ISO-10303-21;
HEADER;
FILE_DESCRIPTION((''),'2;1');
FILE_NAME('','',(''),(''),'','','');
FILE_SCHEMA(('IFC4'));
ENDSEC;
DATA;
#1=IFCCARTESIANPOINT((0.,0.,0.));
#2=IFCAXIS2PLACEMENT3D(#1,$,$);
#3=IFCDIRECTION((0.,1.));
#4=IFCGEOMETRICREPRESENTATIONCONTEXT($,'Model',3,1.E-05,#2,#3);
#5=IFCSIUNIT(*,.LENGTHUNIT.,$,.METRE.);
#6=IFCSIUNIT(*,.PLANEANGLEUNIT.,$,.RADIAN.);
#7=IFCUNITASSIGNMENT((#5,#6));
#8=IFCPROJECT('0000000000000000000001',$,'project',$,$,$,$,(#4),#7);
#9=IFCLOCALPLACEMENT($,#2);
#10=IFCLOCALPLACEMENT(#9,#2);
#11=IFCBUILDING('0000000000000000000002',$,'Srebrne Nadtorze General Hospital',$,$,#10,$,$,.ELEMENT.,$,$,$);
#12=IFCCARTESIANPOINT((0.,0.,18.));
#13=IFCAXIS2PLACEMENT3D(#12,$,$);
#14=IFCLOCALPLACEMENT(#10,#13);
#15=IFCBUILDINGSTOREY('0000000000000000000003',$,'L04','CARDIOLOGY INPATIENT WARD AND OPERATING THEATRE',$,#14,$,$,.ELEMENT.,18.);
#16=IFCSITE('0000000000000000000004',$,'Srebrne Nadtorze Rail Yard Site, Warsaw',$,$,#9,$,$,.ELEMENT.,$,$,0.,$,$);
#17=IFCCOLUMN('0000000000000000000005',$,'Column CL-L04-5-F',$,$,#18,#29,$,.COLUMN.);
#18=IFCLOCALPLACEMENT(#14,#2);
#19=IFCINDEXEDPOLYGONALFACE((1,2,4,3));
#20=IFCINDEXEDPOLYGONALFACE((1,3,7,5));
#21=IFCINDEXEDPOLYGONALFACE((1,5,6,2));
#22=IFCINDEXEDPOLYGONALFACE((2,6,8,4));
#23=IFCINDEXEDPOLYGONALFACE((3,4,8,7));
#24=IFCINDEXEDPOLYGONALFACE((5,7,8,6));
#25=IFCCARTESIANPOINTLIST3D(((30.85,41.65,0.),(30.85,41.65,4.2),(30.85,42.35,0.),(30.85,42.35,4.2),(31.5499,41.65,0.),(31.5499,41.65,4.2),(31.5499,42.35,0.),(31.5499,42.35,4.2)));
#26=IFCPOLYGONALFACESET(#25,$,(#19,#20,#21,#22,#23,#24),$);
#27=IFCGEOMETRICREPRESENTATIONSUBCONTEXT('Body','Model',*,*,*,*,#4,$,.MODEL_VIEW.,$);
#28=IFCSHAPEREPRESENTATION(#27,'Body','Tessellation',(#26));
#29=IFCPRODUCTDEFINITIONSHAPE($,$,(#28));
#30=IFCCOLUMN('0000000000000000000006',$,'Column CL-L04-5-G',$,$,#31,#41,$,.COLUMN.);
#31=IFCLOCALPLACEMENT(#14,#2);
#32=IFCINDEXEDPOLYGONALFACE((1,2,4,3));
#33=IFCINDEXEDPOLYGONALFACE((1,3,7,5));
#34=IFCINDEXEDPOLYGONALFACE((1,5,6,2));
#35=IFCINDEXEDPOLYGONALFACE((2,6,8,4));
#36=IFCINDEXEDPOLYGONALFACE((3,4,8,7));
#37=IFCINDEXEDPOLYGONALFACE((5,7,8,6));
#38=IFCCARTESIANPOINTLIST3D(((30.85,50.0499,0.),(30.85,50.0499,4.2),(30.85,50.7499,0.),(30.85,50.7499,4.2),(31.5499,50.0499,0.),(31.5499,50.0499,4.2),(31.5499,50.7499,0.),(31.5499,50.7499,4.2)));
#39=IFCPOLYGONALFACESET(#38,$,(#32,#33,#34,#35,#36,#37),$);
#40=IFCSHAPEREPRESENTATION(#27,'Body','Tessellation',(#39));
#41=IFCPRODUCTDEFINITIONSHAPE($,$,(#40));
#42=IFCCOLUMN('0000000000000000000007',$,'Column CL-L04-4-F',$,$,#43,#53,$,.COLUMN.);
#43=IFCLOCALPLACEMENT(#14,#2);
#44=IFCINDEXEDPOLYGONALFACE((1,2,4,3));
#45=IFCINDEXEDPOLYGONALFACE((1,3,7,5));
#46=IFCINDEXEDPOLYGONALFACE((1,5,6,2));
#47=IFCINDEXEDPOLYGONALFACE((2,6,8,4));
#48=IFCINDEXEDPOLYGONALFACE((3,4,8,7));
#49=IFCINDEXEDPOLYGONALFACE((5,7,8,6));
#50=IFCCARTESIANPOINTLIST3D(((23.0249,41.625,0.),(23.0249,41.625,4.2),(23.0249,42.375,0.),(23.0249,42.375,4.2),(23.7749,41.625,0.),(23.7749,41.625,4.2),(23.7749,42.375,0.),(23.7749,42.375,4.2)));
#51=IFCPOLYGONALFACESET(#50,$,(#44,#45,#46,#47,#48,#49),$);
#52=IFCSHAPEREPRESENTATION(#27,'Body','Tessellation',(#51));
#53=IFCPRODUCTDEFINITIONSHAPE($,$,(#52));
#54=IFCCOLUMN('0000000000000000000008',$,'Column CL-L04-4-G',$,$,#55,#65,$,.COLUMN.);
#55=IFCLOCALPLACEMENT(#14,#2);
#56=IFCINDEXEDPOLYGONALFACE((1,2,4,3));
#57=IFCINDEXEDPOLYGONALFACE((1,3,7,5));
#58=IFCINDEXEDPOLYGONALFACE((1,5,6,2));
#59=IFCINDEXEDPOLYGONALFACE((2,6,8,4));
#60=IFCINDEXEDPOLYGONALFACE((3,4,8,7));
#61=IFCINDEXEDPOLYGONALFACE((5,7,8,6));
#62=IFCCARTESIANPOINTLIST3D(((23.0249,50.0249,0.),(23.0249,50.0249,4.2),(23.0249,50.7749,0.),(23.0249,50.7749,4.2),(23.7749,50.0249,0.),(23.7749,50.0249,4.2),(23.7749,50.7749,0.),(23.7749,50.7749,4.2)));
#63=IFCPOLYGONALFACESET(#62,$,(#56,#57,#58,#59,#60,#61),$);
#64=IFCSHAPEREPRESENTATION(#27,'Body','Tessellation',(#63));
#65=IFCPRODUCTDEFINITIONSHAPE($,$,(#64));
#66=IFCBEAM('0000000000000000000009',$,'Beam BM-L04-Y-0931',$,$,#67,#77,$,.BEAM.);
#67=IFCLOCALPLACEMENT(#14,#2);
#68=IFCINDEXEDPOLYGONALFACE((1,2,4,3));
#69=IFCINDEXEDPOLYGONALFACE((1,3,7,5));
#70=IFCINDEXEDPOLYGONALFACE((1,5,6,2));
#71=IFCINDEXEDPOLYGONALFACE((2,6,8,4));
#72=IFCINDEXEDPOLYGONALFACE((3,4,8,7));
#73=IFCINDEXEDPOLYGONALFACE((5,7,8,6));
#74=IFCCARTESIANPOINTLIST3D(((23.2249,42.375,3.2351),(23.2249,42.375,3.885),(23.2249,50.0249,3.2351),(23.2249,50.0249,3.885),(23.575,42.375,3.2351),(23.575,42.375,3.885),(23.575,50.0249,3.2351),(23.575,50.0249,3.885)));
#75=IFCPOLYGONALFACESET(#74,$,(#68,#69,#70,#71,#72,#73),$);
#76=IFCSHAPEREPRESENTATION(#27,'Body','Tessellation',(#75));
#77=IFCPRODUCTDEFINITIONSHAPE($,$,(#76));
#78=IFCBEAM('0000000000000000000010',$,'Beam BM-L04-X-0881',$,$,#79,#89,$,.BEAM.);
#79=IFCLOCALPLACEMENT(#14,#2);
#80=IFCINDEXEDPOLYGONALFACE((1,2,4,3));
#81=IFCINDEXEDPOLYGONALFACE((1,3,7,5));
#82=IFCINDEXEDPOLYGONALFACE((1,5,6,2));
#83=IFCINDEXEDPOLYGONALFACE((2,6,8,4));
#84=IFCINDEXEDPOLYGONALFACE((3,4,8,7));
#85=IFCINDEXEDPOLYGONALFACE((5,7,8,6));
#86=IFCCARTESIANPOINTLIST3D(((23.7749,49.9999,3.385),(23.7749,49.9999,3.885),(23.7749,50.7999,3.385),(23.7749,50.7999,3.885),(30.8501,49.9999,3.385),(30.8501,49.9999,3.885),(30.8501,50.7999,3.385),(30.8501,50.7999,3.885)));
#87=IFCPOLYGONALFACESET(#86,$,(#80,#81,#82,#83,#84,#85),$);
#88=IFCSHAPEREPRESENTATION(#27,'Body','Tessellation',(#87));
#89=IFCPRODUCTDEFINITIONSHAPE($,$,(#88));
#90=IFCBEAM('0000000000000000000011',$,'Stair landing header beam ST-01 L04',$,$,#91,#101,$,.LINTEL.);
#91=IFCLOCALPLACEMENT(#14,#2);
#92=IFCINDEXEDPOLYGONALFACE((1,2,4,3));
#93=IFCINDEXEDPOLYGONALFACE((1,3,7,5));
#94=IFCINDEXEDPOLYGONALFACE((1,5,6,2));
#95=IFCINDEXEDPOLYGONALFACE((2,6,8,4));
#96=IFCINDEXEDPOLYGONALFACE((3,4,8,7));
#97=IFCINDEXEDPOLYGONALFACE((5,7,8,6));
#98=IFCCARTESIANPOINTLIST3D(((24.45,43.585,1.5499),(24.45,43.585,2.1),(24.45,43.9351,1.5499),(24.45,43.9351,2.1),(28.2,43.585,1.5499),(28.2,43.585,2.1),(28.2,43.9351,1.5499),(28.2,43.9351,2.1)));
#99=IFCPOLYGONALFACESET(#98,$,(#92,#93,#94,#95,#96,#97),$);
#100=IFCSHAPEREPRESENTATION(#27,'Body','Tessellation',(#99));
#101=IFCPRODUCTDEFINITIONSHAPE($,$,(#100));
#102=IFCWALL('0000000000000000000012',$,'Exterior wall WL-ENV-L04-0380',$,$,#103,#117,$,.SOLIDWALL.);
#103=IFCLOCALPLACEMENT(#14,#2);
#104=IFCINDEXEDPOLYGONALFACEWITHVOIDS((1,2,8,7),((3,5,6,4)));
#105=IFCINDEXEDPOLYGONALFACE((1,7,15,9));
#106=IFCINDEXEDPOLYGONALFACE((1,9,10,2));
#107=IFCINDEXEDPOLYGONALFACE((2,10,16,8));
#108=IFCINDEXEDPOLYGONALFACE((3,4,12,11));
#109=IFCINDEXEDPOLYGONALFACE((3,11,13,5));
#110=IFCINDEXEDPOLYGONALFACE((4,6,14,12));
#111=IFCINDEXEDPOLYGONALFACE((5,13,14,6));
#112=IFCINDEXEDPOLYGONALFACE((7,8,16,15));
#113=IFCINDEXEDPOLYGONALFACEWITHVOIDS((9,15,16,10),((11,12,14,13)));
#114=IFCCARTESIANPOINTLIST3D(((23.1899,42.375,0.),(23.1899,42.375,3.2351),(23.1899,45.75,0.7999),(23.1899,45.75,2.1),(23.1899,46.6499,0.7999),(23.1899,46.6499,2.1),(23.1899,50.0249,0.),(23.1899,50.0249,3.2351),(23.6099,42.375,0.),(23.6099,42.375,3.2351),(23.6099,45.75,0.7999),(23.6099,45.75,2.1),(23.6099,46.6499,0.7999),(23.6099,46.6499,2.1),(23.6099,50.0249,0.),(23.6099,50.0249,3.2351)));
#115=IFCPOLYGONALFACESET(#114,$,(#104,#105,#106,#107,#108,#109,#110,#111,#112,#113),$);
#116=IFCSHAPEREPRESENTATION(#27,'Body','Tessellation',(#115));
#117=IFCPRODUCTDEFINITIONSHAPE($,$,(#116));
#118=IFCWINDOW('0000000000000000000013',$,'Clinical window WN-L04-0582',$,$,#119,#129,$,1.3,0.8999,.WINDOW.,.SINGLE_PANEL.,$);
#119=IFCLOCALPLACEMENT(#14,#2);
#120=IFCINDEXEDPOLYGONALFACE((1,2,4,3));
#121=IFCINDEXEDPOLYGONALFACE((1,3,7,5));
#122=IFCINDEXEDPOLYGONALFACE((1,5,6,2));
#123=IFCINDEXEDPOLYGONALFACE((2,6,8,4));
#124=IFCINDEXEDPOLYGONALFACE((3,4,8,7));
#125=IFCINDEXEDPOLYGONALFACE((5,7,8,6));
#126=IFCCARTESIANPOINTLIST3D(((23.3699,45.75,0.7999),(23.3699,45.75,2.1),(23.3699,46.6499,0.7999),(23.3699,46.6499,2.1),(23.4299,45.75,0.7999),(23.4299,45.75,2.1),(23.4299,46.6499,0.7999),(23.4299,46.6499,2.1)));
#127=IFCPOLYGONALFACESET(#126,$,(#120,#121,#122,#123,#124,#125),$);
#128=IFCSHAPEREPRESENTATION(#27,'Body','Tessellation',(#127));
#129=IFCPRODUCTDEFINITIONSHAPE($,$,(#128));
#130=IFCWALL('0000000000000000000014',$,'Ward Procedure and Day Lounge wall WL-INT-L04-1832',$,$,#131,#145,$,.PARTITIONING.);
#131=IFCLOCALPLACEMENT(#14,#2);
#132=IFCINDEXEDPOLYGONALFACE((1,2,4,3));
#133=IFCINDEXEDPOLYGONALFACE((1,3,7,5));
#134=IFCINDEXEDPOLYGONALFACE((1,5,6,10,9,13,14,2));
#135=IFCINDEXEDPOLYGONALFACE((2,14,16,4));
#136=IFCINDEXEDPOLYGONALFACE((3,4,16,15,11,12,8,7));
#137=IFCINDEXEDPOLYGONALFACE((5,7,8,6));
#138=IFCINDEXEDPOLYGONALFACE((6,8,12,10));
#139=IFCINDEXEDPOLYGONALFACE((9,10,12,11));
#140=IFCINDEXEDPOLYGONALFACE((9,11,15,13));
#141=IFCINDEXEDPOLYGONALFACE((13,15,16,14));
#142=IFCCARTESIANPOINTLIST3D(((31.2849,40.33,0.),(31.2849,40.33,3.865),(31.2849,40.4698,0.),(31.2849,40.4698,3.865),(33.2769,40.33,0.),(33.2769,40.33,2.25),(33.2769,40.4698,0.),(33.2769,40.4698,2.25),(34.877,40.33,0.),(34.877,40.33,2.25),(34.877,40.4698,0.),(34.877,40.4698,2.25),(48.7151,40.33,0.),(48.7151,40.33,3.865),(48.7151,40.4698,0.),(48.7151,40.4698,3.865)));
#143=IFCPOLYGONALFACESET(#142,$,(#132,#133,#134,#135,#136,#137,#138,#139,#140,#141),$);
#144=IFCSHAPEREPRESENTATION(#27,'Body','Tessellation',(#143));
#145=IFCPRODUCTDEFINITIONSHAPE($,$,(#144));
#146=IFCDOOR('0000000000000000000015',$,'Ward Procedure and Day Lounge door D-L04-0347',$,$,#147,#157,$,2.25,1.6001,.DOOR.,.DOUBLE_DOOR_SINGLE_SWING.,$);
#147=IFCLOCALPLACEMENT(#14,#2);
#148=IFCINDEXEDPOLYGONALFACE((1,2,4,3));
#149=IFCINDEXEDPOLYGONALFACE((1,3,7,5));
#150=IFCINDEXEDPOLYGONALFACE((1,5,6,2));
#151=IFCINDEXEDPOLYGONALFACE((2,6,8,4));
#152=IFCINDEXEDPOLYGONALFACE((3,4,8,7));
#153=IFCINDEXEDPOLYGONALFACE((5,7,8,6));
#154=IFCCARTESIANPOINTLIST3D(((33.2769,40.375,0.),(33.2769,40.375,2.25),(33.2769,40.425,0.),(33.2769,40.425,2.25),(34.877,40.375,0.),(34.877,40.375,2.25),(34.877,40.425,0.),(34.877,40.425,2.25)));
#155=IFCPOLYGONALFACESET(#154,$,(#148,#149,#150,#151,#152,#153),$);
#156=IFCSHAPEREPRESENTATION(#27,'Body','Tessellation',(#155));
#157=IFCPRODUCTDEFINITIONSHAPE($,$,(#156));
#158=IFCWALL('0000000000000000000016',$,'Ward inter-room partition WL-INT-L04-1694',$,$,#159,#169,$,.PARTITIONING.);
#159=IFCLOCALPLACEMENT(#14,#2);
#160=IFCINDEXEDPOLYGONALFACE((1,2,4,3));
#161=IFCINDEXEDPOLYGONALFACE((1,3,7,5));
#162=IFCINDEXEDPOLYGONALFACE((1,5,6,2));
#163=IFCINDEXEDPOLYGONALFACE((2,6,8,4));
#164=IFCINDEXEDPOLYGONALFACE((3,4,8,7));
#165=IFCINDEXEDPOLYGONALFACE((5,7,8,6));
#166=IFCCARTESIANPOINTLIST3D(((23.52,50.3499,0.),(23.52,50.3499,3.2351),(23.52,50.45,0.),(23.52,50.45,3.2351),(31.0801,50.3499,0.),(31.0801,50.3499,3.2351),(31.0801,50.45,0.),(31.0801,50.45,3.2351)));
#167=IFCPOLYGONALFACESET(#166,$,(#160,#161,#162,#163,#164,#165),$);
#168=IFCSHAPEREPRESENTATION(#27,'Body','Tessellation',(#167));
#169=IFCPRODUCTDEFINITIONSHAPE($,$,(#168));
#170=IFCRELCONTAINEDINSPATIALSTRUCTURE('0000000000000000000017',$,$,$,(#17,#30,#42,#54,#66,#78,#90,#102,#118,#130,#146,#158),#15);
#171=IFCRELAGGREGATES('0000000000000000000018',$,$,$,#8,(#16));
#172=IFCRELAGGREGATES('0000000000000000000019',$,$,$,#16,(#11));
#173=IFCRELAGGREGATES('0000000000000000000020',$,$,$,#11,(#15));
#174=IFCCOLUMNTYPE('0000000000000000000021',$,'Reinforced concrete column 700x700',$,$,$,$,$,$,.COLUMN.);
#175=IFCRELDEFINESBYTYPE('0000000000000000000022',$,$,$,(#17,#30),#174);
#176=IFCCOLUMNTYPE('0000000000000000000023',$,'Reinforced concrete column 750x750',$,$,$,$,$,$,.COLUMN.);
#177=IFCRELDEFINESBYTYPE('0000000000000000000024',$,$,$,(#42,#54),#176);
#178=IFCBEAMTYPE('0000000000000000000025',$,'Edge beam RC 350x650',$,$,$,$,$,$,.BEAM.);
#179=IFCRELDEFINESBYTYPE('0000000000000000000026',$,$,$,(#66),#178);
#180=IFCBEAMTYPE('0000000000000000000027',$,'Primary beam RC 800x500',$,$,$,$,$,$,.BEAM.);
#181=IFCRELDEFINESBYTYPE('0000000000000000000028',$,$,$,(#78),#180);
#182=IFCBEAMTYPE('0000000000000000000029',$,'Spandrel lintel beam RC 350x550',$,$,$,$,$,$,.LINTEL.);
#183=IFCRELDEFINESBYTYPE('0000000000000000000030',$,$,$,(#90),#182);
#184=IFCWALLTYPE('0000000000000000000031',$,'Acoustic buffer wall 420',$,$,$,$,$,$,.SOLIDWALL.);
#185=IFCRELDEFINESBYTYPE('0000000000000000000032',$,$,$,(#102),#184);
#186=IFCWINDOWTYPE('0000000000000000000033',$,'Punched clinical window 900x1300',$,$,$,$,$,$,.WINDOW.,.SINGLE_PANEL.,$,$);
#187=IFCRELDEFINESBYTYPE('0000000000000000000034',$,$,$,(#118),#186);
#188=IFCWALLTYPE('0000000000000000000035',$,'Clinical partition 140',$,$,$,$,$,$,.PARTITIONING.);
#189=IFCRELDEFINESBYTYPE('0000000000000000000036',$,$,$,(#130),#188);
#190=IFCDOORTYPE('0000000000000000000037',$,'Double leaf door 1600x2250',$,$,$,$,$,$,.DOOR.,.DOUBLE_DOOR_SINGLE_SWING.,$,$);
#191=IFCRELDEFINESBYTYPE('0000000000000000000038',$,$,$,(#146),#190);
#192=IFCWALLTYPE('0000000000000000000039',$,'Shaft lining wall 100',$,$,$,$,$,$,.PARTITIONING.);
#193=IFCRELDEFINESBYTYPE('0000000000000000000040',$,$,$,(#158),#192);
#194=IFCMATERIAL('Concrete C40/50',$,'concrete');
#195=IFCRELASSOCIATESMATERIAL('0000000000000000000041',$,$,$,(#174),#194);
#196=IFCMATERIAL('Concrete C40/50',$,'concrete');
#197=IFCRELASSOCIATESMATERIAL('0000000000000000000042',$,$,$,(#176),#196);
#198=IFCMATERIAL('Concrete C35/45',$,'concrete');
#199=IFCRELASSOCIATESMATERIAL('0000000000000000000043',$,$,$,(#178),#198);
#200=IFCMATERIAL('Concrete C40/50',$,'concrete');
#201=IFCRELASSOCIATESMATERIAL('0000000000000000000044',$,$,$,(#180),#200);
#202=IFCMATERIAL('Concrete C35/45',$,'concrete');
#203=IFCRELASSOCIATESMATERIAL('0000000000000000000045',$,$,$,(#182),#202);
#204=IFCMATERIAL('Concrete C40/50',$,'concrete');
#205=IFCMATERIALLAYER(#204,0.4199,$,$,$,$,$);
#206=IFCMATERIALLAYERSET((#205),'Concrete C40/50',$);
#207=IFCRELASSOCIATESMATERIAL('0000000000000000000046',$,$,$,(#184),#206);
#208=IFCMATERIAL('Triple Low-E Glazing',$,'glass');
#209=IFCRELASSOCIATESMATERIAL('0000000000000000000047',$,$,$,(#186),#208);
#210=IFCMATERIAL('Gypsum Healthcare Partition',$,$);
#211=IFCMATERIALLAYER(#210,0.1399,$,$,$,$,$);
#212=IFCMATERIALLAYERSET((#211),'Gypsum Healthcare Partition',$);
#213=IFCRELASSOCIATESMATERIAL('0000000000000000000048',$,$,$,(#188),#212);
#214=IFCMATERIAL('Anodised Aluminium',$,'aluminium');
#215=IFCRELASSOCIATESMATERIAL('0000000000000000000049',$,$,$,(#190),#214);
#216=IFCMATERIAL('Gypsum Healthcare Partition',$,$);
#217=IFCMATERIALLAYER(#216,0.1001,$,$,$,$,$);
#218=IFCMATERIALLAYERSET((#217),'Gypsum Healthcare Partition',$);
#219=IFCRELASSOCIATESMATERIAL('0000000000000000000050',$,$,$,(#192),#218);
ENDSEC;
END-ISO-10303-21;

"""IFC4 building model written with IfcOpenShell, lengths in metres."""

from ifc_helpers import new_model, si_unit, direction, frame, frame_2d, origin, origin_2d, place, context, subcontext, project, spatial, rectangle, extrude, material, layer, layer_set, material_profile, profile_set, type_object, element, fill, save


model = new_model("IFC4")

# Units and contexts
model_context = context("Model", 3, precision=1e-05, world=origin(), true_north=direction((0.0, 1.0)))
body_context = subcontext(model_context, "Body", "Model", "MODEL_VIEW")
ifc_project = project(units=[si_unit("LENGTHUNIT", "METRE"), si_unit("PLANEANGLEUNIT", "RADIAN")], contexts=[model_context])

# Site, building, storey
site_placement = place(None, origin())
site = spatial("IfcSite", under=ifc_project, at=site_placement, Name="Srebrne Nadtorze Rail Yard Site, Warsaw", CompositionType="ELEMENT", RefElevation=0.0)
building_placement = place(site_placement, origin())
building = spatial("IfcBuilding", under=site, at=building_placement, Name="Srebrne Nadtorze General Hospital", CompositionType="ELEMENT")
storey_placement = place(building_placement, frame((0.0, 0.0, 18.0)))
storey = spatial("IfcBuildingStorey", under=building, at=storey_placement, Name="L04", Description="CARDIOLOGY INPATIENT WARD AND OPERATING THEATRE", CompositionType="ELEMENT", Elevation=18.0)

# Columns
ifc_material_1 = material(Name="Concrete C40/50", Category="concrete")
ifc_material_profile_1 = material_profile(ifc_material_1, rectangle(XDim=0.7, YDim=0.7, at=origin_2d()), Name="RC-COL-700x700")
ifc_profile_set_1 = profile_set([ifc_material_profile_1], Name="Concrete C40/50")
column_type_1 = type_object("IfcColumnType", Name="Reinforced concrete column 700x700", PredefinedType="COLUMN", material=ifc_profile_set_1)
for number, where, z_axis, x_axis, name in (
    (1, (31.2, 42.0, 0.0), (0.0, 0.0, 1.0), (1.0, 0.0, 0.0), "Column CL-L04-5-F"),
    (2, (31.2, 50.3999, 0.0), (0.0, 0.0, 1.0), (1.0, 0.0, 0.0), "Column CL-L04-5-G"),
):
    element("IfcColumn", number, at=place(storey_placement, frame(where, z_axis=z_axis, x_axis=x_axis)), inside=storey, type_object=column_type_1, Name=name, PredefinedType="COLUMN", context=body_context, shape_type="SweptSolid", body=[
        extrude(rectangle(XDim=0.7, YDim=0.7, at=origin_2d()), origin(), (0.0, 0.0, 1.0), 4.2),
    ])
ifc_material_2 = material(Name="Concrete C40/50", Category="concrete")
ifc_material_profile_2 = material_profile(ifc_material_2, rectangle(XDim=0.75, YDim=0.75, at=origin_2d()), Name="RC-COL-750x750")
ifc_profile_set_2 = profile_set([ifc_material_profile_2], Name="Concrete C40/50")
column_type_2 = type_object("IfcColumnType", Name="Reinforced concrete column 750x750", PredefinedType="COLUMN", material=ifc_profile_set_2)
for number, where, z_axis, x_axis, name in (
    (3, (23.3999, 42.0, 0.0), (0.0, 0.0, 1.0), (1.0, 0.0, 0.0), "Column CL-L04-4-F"),
    (4, (23.3999, 50.3999, 0.0), (0.0, 0.0, 1.0), (1.0, 0.0, 0.0), "Column CL-L04-4-G"),
):
    element("IfcColumn", number, at=place(storey_placement, frame(where, z_axis=z_axis, x_axis=x_axis)), inside=storey, type_object=column_type_2, Name=name, PredefinedType="COLUMN", context=body_context, shape_type="SweptSolid", body=[
        extrude(rectangle(XDim=0.75, YDim=0.75, at=origin_2d()), origin(), (0.0, 0.0, 1.0), 4.2),
    ])

# Beams
ifc_material_3 = material(Name="Concrete C35/45", Category="concrete")
ifc_material_profile_3 = material_profile(ifc_material_3, rectangle(XDim=0.3501, YDim=0.6499, at=origin_2d()), Name="RC-BM-350x650")
ifc_profile_set_3 = profile_set([ifc_material_profile_3], Name="Concrete C35/45")
beam_type_1 = type_object("IfcBeamType", Name="Edge beam RC 350x650", PredefinedType="BEAM", material=ifc_profile_set_3)
beam_1_placement = place(storey_placement, frame((23.3999, 42.375, 3.5601), z_axis=(0.0, 1.0, 0.0), x_axis=(-1.0, 0.0, 0.0)))
element("IfcBeam", 5, at=beam_1_placement, inside=storey, type_object=beam_type_1, Name="Beam BM-L04-Y-0931", PredefinedType="BEAM", context=body_context, shape_type="SweptSolid", body=[
    extrude(rectangle(XDim=0.3501, YDim=0.6499, at=origin_2d()), origin(), (0.0, 0.0, 1.0), 7.6499),
])
ifc_material_4 = material(Name="Concrete C40/50", Category="concrete")
ifc_material_profile_4 = material_profile(ifc_material_4, rectangle(XDim=0.8, YDim=0.5, at=origin_2d()), Name="RC-BM-800x500")
ifc_profile_set_4 = profile_set([ifc_material_profile_4], Name="Concrete C40/50")
beam_type_2 = type_object("IfcBeamType", Name="Primary beam RC 800x500", PredefinedType="BEAM", material=ifc_profile_set_4)
beam_2_placement = place(storey_placement, frame((23.7749, 50.3999, 3.635), z_axis=(1.0, 0.0, 0.0), x_axis=(0.0, 1.0, 0.0)))
element("IfcBeam", 6, at=beam_2_placement, inside=storey, type_object=beam_type_2, Name="Beam BM-L04-X-0881", PredefinedType="BEAM", context=body_context, shape_type="SweptSolid", body=[
    extrude(rectangle(XDim=0.8, YDim=0.5, at=origin_2d()), origin(), (0.0, 0.0, 1.0), 7.0752),
])
ifc_material_5 = material(Name="Concrete C35/45", Category="concrete")
ifc_material_profile_5 = material_profile(ifc_material_5, rectangle(XDim=0.3501, YDim=0.55, at=origin_2d()), Name="RC-BM-350x550")
ifc_profile_set_5 = profile_set([ifc_material_profile_5], Name="Concrete C35/45")
beam_type_3 = type_object("IfcBeamType", Name="Spandrel lintel beam RC 350x550", PredefinedType="LINTEL", material=ifc_profile_set_5)
beam_3_placement = place(storey_placement, frame((24.45, 43.76, 1.825), z_axis=(1.0, 0.0, 0.0), x_axis=(0.0, 1.0, 0.0)))
element("IfcBeam", 7, at=beam_3_placement, inside=storey, type_object=beam_type_3, Name="Stair landing header beam ST-01 L04", PredefinedType="LINTEL", context=body_context, shape_type="SweptSolid", body=[
    extrude(rectangle(XDim=0.3501, YDim=0.55, at=origin_2d()), origin(), (0.0, 0.0, 1.0), 3.75),
])

# Wall, opening, window
ifc_material_6 = material(Name="Concrete C40/50", Category="concrete")
ifc_layer_1 = layer(ifc_material_6, 0.4199)
ifc_layer_set_1 = layer_set([ifc_layer_1], Name="Concrete C40/50")
wall_type_1 = type_object("IfcWallType", Name="Acoustic buffer wall 420", PredefinedType="SOLIDWALL", material=ifc_layer_set_1)
wall_1_placement = place(storey_placement, frame((23.3999, 42.375, 0.0), z_axis=(0.0, 0.0, 1.0), x_axis=(0.0, 1.0, 0.0)))
wall_1 = element("IfcWall", 8, at=wall_1_placement, inside=storey, type_object=wall_type_1, Name="Exterior wall WL-ENV-L04-0380", PredefinedType="SOLIDWALL", context=body_context, shape_type="SweptSolid", body=[
    extrude(rectangle(XDim=7.6499, YDim=0.4199, at=frame_2d((3.825, 0.0))), origin(), (0.0, 0.0, 1.0), 3.2351),
])
opening_1_placement = place(wall_1_placement, frame((3.375, 0.0, 0.8)))
opening_1 = element("IfcOpeningElement", 9, at=opening_1_placement, cuts=wall_1, PredefinedType="OPENING", context=body_context, shape_type="SweptSolid", body=[
    extrude(rectangle(XDim=0.8999, YDim=1.3, at=frame_2d((0.45, 0.6499))), frame((0.0, 0.2219, 0.0), z_axis=(0.0, -1.0, 0.0), x_axis=(1.0, 0.0, 0.0)), (0.0, 0.0, 1.0), 0.4438),
])
ifc_material_7 = material(Name="Triple Low-E Glazing", Category="glass")
window_type = type_object("IfcWindowType", Name="Punched clinical window 900x1300", PartitioningType="SINGLE_PANEL", PredefinedType="WINDOW", material=ifc_material_7)
window_placement = place(opening_1_placement, origin())
window = element("IfcWindow", 10, at=window_placement, inside=storey, type_object=window_type, Name="Clinical window WN-L04-0582", OverallHeight=1.3, OverallWidth=0.8999, PartitioningType="SINGLE_PANEL", PredefinedType="WINDOW", context=body_context, shape_type="SweptSolid", body=[
    extrude(rectangle(XDim=0.8999, YDim=1.3, at=frame_2d((0.45, 0.6499))), frame((0.0, 0.03, 0.0), z_axis=(0.0, -1.0, 0.0), x_axis=(1.0, 0.0, 0.0)), (0.0, 0.0, 1.0), 0.0601),
])
fill(opening_1, window)

# Wall, opening, door
ifc_material_8 = material(Name="Gypsum Healthcare Partition")
ifc_layer_2 = layer(ifc_material_8, 0.1399)
ifc_layer_set_2 = layer_set([ifc_layer_2], Name="Gypsum Healthcare Partition")
wall_type_2 = type_object("IfcWallType", Name="Clinical partition 140", PredefinedType="PARTITIONING", material=ifc_layer_set_2)
wall_2_placement = place(storey_placement, frame((31.2849, 40.3999, 0.0), z_axis=(0.0, 0.0, 1.0), x_axis=(1.0, 0.0, 0.0)))
wall_2 = element("IfcWall", 11, at=wall_2_placement, inside=storey, type_object=wall_type_2, Name="Ward Procedure and Day Lounge wall WL-INT-L04-1832", PredefinedType="PARTITIONING", context=body_context, shape_type="SweptSolid", body=[
    extrude(rectangle(XDim=17.4302, YDim=0.1399, at=frame_2d((8.7151, 0.0))), origin(), (0.0, 0.0, 1.0), 3.865),
])
opening_2_placement = place(wall_2_placement, frame((1.9919, 0.0, 0.0)))
opening_2 = element("IfcOpeningElement", 12, at=opening_2_placement, cuts=wall_2, PredefinedType="OPENING", context=body_context, shape_type="SweptSolid", body=[
    extrude(rectangle(XDim=1.6001, YDim=2.25, at=frame_2d((0.8, 1.125))), frame((0.0, 0.082, 0.0), z_axis=(0.0, -1.0, 0.0), x_axis=(1.0, 0.0, 0.0)), (0.0, 0.0, 1.0), 0.1638),
])
ifc_material_9 = material(Name="Anodised Aluminium", Category="aluminium")
door_type = type_object("IfcDoorType", Name="Double leaf door 1600x2250", OperationType="DOUBLE_DOOR_SINGLE_SWING", PredefinedType="DOOR", material=ifc_material_9)
door_placement = place(opening_2_placement, frame((1.6001, 0.0, 0.0), z_axis=(0.0, 0.0, 1.0), x_axis=(-1.0, 0.0, 0.0)))
door = element("IfcDoor", 13, at=door_placement, inside=storey, type_object=door_type, Name="Ward Procedure and Day Lounge door D-L04-0347", OperationType="DOUBLE_DOOR_SINGLE_SWING", OverallHeight=2.25, OverallWidth=1.6001, PredefinedType="DOOR", context=body_context, shape_type="SweptSolid", body=[
    extrude(rectangle(XDim=1.6001, YDim=2.25, at=frame_2d((0.8, 1.125))), frame((0.0, 0.0249, 0.0), z_axis=(0.0, -1.0, 0.0), x_axis=(1.0, 0.0, 0.0)), (0.0, 0.0, 1.0), 0.05),
])
fill(opening_2, door)

# Wall
ifc_material_10 = material(Name="Gypsum Healthcare Partition")
ifc_layer_3 = layer(ifc_material_10, 0.1001)
ifc_layer_set_3 = layer_set([ifc_layer_3], Name="Gypsum Healthcare Partition")
wall_type_3 = type_object("IfcWallType", Name="Shaft lining wall 100", PredefinedType="PARTITIONING", material=ifc_layer_set_3)
wall_3_placement = place(storey_placement, frame((23.52, 50.3999, 0.0), z_axis=(0.0, 0.0, 1.0), x_axis=(1.0, 0.0, 0.0)))
element("IfcWall", 14, at=wall_3_placement, inside=storey, type_object=wall_type_3, Name="Ward inter-room partition WL-INT-L04-1694", PredefinedType="PARTITIONING", context=body_context, shape_type="SweptSolid", body=[
    extrude(rectangle(XDim=7.5601, YDim=0.1001, at=frame_2d((3.78, 0.0))), origin(), (0.0, 0.0, 1.0), 3.2351),
])

save(model, "model.ifc")
